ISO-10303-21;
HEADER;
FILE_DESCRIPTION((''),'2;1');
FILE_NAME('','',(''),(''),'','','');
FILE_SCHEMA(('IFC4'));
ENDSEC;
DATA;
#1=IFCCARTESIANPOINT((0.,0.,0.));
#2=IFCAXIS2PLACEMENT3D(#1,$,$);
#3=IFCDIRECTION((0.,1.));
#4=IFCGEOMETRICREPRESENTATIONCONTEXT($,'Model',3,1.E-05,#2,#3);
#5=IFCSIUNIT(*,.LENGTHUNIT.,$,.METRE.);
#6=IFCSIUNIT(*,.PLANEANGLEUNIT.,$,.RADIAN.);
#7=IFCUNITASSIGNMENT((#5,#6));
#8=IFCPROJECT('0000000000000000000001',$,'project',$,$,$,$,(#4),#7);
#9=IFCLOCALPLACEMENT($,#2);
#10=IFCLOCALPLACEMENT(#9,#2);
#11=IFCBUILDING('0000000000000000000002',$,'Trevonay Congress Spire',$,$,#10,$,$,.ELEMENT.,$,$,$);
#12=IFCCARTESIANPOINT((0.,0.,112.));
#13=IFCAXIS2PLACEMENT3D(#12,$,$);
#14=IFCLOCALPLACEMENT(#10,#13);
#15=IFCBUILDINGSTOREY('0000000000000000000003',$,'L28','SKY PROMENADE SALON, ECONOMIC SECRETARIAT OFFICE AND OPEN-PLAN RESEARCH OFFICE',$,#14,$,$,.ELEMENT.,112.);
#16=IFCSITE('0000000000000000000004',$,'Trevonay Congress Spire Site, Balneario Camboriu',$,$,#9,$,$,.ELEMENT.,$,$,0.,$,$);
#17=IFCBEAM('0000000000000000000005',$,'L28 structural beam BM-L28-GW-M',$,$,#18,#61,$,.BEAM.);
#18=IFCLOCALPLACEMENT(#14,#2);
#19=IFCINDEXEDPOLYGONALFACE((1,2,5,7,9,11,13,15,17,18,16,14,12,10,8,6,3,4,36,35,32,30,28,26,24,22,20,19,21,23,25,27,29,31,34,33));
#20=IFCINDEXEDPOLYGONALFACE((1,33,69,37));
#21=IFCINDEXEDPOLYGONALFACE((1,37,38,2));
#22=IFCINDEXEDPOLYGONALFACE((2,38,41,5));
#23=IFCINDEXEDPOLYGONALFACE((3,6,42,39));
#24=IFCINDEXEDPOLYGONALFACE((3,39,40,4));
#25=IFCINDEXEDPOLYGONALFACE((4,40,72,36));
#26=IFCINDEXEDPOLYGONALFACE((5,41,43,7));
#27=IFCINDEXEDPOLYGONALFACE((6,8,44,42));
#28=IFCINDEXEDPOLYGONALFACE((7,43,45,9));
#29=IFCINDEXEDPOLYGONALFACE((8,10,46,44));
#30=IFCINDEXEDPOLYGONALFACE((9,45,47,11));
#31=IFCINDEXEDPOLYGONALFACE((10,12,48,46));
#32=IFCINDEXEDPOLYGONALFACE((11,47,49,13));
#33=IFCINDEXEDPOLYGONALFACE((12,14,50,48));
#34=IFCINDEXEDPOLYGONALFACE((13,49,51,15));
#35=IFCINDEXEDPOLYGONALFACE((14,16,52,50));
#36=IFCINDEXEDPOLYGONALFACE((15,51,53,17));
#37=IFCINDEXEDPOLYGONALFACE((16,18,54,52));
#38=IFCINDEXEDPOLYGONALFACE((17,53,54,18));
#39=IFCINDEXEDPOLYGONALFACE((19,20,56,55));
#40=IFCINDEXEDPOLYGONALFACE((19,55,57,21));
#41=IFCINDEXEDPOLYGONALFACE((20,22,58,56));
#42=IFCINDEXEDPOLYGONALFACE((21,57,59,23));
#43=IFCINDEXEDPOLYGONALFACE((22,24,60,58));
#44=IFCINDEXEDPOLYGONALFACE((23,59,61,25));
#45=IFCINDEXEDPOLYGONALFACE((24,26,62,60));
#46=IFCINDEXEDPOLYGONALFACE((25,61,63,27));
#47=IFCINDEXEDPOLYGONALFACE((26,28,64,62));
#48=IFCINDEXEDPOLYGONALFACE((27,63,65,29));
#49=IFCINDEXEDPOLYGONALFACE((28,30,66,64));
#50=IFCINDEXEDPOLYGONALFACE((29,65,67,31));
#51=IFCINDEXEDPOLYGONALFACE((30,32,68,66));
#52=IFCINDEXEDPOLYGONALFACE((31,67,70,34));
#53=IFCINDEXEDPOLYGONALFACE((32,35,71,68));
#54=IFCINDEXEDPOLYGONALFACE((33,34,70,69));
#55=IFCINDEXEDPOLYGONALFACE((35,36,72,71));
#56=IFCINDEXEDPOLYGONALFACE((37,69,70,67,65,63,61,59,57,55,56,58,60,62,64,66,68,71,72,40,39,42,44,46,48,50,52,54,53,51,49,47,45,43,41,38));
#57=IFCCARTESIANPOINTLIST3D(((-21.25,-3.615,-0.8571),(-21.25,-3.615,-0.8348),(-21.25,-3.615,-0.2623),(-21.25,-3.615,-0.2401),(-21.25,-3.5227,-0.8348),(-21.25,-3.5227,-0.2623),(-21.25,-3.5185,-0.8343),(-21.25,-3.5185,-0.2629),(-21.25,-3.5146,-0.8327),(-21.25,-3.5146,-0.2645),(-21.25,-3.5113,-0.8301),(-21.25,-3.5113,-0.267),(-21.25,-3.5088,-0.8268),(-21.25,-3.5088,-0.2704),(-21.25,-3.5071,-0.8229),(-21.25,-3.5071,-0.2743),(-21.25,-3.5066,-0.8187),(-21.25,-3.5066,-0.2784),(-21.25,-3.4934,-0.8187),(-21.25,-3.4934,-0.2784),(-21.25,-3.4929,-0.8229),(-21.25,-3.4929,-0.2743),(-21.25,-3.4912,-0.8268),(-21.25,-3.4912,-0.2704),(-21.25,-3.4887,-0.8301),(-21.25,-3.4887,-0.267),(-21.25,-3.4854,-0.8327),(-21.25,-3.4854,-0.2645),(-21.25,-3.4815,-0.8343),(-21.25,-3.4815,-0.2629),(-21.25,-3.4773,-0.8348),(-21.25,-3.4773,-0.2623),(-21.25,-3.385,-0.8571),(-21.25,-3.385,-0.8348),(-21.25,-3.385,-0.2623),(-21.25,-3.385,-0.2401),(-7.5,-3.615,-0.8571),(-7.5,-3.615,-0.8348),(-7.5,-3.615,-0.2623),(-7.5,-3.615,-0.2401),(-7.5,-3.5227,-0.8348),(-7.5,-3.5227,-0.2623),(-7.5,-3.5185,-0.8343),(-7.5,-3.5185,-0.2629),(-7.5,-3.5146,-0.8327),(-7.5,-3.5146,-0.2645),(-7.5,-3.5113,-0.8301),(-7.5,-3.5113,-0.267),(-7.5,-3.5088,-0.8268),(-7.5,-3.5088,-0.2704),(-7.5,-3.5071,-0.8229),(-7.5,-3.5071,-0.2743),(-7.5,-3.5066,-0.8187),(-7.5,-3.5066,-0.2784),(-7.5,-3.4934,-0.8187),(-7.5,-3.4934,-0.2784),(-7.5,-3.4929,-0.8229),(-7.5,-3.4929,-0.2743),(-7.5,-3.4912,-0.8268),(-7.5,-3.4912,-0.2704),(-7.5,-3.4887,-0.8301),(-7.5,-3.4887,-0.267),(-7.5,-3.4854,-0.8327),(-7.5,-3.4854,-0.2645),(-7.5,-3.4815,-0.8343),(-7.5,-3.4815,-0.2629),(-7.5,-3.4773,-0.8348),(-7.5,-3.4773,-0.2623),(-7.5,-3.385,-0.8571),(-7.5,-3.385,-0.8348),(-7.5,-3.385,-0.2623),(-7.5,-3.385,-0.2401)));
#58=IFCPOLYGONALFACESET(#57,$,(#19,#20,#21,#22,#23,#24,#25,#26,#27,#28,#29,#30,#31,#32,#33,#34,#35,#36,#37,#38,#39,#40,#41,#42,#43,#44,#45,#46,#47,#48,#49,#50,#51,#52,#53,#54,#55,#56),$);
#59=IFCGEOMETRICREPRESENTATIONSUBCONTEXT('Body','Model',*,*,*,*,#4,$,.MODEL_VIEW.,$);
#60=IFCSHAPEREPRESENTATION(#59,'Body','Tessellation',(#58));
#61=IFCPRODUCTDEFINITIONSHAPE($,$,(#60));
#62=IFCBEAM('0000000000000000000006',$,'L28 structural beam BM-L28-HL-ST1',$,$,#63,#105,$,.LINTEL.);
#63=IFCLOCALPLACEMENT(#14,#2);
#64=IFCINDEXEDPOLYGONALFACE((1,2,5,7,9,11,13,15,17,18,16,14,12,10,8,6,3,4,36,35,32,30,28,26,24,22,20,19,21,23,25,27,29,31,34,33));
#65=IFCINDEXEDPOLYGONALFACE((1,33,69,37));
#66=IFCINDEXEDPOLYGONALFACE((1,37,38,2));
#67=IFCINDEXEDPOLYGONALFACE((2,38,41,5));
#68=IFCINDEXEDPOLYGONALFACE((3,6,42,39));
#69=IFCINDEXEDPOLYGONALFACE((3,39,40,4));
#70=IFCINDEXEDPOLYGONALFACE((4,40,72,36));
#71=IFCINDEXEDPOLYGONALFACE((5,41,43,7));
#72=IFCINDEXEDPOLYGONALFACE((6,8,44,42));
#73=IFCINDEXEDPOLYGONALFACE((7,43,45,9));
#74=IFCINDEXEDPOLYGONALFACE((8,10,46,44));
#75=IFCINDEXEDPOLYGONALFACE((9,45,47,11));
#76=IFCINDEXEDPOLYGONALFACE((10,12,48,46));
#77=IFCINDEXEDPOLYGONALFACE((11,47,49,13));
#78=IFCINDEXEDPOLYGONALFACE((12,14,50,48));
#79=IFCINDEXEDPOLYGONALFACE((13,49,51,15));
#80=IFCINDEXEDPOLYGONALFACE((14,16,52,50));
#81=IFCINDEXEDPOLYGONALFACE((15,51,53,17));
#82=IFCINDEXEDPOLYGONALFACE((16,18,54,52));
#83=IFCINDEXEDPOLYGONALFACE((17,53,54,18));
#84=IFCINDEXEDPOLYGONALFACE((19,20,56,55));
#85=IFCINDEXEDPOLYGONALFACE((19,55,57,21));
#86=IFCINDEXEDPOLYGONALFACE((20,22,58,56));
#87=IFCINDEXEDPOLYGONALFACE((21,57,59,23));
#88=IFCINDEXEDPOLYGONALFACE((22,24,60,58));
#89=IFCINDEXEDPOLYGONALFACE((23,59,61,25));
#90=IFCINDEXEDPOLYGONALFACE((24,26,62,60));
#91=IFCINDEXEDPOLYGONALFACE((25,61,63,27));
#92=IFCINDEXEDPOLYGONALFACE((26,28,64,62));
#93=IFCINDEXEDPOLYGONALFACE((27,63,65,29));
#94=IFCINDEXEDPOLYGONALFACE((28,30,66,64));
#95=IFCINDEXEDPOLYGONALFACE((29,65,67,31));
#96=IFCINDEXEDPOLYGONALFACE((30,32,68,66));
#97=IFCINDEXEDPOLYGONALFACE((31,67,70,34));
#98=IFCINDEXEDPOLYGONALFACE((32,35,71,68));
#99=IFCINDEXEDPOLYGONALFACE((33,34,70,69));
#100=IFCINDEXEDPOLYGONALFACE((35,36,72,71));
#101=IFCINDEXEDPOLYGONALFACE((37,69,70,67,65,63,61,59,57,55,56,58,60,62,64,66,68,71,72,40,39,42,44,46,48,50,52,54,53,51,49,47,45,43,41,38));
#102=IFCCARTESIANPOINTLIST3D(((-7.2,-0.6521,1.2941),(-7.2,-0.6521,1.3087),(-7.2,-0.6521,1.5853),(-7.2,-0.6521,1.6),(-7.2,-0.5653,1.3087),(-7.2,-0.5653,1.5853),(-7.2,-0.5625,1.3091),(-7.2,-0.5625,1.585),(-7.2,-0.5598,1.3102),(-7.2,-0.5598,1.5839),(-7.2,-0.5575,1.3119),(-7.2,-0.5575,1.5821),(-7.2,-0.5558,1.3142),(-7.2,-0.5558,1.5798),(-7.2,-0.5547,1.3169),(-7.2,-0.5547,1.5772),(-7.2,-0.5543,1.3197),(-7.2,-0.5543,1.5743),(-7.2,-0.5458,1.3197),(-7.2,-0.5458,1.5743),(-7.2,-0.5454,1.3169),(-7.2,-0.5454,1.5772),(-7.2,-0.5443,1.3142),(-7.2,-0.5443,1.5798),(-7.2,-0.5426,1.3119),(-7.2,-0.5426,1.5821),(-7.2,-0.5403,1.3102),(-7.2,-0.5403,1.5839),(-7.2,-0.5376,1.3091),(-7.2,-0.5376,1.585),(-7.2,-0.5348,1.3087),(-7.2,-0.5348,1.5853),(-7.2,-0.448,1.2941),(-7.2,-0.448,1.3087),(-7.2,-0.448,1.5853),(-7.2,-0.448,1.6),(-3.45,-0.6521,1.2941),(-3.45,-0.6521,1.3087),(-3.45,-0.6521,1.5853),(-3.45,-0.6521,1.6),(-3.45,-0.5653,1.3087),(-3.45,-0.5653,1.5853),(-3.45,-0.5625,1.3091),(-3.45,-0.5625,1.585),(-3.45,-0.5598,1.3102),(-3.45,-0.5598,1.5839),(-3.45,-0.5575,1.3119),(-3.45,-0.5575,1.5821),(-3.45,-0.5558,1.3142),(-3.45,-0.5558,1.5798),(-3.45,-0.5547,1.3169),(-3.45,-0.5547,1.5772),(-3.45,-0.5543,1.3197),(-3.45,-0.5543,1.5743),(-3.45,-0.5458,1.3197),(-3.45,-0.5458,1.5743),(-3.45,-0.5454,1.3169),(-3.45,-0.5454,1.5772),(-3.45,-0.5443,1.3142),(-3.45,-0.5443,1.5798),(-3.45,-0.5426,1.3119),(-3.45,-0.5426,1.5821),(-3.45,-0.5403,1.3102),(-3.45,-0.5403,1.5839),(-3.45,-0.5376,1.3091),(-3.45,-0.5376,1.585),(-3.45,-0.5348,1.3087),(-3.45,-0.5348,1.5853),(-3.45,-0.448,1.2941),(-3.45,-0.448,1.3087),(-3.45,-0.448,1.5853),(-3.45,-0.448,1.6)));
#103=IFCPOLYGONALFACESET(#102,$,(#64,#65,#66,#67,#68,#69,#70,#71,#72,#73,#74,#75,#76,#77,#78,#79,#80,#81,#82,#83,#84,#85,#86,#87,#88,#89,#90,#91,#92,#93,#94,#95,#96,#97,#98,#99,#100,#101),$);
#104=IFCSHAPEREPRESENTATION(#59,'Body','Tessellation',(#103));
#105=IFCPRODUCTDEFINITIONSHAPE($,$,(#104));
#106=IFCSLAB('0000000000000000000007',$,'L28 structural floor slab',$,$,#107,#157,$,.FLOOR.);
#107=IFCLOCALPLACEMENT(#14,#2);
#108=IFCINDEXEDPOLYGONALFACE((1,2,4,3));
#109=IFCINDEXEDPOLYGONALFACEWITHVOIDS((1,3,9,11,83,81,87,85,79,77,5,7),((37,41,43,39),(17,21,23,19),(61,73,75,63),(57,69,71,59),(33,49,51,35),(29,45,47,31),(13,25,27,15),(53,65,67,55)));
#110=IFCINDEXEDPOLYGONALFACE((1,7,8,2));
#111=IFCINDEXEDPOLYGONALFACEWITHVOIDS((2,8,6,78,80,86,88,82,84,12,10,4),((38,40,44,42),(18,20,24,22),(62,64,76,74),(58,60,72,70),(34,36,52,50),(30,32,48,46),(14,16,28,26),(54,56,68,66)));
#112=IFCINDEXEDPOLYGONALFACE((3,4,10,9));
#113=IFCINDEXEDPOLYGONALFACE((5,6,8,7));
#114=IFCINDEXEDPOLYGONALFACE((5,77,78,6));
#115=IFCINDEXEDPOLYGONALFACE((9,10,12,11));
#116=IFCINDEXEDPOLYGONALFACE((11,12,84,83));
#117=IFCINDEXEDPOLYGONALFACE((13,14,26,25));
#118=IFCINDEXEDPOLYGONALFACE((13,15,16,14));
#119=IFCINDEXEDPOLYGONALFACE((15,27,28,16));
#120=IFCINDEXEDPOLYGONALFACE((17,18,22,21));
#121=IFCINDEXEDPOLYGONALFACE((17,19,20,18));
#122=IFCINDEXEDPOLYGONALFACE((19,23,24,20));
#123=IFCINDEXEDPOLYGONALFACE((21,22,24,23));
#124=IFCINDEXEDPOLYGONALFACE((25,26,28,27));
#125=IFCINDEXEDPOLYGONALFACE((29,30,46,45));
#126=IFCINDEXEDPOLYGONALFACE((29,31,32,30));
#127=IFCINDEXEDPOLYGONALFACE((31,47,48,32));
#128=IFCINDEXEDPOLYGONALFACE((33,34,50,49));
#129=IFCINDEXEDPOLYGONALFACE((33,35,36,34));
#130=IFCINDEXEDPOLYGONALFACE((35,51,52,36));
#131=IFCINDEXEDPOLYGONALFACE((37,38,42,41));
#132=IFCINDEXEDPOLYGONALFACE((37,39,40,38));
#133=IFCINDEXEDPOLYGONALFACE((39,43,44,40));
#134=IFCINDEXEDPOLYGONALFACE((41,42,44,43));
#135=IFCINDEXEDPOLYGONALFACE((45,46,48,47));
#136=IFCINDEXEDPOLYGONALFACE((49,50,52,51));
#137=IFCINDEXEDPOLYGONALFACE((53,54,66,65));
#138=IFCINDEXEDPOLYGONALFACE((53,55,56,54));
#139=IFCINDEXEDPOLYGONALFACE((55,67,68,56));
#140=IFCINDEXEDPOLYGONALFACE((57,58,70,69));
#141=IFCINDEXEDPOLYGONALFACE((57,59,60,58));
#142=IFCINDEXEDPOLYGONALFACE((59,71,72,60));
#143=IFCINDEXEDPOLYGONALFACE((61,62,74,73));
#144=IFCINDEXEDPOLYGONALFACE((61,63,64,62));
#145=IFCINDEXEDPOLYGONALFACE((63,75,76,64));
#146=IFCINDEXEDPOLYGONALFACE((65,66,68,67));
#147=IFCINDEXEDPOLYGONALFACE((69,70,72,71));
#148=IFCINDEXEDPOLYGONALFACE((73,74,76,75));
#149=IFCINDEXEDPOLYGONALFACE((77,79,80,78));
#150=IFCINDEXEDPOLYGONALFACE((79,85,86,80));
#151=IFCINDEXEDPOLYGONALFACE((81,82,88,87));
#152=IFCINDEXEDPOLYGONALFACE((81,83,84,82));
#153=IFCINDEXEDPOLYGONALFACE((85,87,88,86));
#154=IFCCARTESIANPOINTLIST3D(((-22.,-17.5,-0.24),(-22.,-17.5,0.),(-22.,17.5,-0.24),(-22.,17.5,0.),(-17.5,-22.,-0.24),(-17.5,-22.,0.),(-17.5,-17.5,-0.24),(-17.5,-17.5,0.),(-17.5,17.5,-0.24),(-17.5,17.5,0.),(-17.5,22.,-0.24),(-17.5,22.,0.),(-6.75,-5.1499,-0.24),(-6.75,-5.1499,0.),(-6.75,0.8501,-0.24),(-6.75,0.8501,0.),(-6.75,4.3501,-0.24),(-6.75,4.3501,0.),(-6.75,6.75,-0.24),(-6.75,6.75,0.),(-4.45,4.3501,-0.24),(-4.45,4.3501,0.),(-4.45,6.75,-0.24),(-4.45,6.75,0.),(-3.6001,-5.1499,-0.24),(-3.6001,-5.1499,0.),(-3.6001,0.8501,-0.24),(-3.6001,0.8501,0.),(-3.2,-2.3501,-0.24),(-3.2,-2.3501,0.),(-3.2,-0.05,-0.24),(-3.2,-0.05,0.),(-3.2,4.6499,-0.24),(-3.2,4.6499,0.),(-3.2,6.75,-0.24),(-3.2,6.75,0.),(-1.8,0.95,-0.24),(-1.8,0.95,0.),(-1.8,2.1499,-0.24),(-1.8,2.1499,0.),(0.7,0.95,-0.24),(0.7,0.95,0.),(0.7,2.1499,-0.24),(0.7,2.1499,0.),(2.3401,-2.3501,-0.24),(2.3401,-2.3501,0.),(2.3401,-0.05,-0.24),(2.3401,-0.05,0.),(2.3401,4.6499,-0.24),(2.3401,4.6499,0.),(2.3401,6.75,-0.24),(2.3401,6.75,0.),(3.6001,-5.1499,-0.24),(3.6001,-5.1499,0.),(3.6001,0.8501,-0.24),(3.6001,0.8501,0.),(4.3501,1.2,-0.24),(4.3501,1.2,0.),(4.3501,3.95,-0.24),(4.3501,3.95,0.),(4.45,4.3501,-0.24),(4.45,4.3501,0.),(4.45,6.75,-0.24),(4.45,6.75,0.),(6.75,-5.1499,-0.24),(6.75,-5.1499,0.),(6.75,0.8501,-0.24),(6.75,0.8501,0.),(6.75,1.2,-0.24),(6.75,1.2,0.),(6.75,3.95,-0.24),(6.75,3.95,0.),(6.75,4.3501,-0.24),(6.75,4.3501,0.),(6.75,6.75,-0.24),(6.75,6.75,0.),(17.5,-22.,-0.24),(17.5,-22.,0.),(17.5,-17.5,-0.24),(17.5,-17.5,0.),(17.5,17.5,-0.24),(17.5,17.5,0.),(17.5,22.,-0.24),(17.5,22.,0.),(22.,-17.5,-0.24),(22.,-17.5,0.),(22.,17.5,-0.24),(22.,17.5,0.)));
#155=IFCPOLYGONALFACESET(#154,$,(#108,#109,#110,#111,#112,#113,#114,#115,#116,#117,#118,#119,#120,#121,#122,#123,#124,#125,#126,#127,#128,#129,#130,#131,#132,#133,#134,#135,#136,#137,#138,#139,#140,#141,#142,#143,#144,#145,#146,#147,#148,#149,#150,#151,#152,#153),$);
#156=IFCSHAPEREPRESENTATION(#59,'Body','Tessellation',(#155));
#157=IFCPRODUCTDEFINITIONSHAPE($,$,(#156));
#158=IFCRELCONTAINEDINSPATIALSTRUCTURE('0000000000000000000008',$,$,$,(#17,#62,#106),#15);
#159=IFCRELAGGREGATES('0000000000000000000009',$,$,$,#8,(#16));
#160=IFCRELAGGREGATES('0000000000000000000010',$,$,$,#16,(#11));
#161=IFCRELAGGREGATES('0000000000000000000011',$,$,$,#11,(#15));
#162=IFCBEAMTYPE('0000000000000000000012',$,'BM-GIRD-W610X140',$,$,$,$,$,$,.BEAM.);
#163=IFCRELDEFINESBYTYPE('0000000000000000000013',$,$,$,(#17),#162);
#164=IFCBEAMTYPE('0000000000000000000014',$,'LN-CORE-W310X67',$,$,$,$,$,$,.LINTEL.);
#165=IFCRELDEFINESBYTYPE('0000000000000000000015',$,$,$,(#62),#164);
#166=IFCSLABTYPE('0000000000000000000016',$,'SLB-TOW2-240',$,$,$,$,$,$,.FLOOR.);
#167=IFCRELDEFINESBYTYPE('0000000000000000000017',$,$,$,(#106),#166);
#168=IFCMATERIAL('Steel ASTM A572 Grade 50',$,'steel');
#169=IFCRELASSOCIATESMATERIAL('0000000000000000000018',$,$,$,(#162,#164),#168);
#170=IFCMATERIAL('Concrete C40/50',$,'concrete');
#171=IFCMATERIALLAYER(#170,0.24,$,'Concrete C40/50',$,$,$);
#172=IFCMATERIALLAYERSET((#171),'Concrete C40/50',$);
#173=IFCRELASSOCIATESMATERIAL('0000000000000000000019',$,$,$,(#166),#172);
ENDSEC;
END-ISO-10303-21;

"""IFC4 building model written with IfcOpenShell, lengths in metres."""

from ifc_helpers import new_model, si_unit, direction, frame, origin, origin_2d, place, context, subcontext, project, spatial, polyline, i_section, outline, extrude, material, layer, layer_set, material_profile, profile_set, type_object, element, save


model = new_model("IFC4")

# Units and contexts
model_context = context("Model", 3, precision=1e-05, world=origin(), true_north=direction((0.0, 1.0)))
body_context = subcontext(model_context, "Body", "Model", "MODEL_VIEW")
ifc_project = project(units=[si_unit("LENGTHUNIT", "METRE"), si_unit("PLANEANGLEUNIT", "RADIAN")], contexts=[model_context])

# Site, building, storey
site_placement = place(None, origin())
site = spatial("IfcSite", under=ifc_project, at=site_placement, Name="Trevonay Congress Spire Site, Balneario Camboriu", CompositionType="ELEMENT", RefElevation=0.0)
building_placement = place(site_placement, origin())
building = spatial("IfcBuilding", under=site, at=building_placement, Name="Trevonay Congress Spire", CompositionType="ELEMENT")
storey_placement = place(building_placement, frame((0.0, 0.0, 112.0)))
storey = spatial("IfcBuildingStorey", under=building, at=storey_placement, Name="L28", Description="SKY PROMENADE SALON, ECONOMIC SECRETARIAT OFFICE AND OPEN-PLAN RESEARCH OFFICE", CompositionType="ELEMENT", Elevation=112.0)

# Shared definitions
ifc_material_1 = material(Name="Steel ASTM A572 Grade 50", Category="steel")

# Beams
ifc_material_profile_1 = material_profile(ifc_material_1, i_section(OverallWidth=0.23, OverallDepth=0.6169, WebThickness=0.0132, FlangeThickness=0.0222, FilletRadius=0.0161, at=origin_2d()), Name="W610x140")
ifc_profile_set_1 = profile_set([ifc_material_profile_1], Name="Steel ASTM A572 Grade 50")
beam_type_1 = type_object("IfcBeamType", Name="BM-GIRD-W610X140", PredefinedType="BEAM", material=ifc_profile_set_1)
for number, where, z_axis, x_axis, name in (
    (1, (-7.5, -3.5, -0.5486), (-1.0, 0.0, 0.0), (0.0, -1.0, 0.0), "L28 structural beam BM-L28-GW-M"),
):
    element("IfcBeam", number, at=place(storey_placement, frame(where, z_axis=z_axis, x_axis=x_axis)), inside=storey, type_object=beam_type_1, Name=name, PredefinedType="BEAM", context=body_context, shape_type="SweptSolid", body=[
        extrude(i_section(OverallWidth=0.23, OverallDepth=0.6169, WebThickness=0.0132, FlangeThickness=0.0222, FilletRadius=0.0161, at=origin_2d()), origin(), (0.0, 0.0, 1.0), 13.75),
    ])
ifc_material_profile_2 = material_profile(ifc_material_1, i_section(OverallWidth=0.2041, OverallDepth=0.3059, WebThickness=0.0085, FlangeThickness=0.0146, FilletRadius=0.011, at=origin_2d()), Name="W310x67")
ifc_profile_set_2 = profile_set([ifc_material_profile_2], Name="Steel ASTM A572 Grade 50")
beam_type_2 = type_object("IfcBeamType", Name="LN-CORE-W310X67", PredefinedType="LINTEL", material=ifc_profile_set_2)
beam_1_placement = place(storey_placement, frame((-7.2, -0.55, 1.447), z_axis=(1.0, 0.0, 0.0), x_axis=(0.0, 1.0, 0.0)))
element("IfcBeam", 2, at=beam_1_placement, inside=storey, type_object=beam_type_2, Name="L28 structural beam BM-L28-HL-ST1", PredefinedType="LINTEL", context=body_context, shape_type="SweptSolid", body=[
    extrude(i_section(OverallWidth=0.2041, OverallDepth=0.3059, WebThickness=0.0085, FlangeThickness=0.0146, FilletRadius=0.011, at=origin_2d()), origin(), (0.0, 0.0, 1.0), 3.75),
])

# Slab
ifc_material_2 = material(Name="Concrete C40/50", Category="concrete")
ifc_layer_1 = layer(ifc_material_2, 0.24, Name="Concrete C40/50")
ifc_layer_set_1 = layer_set([ifc_layer_1], Name="Concrete C40/50")
slab_type = type_object("IfcSlabType", Name="SLB-TOW2-240", PredefinedType="FLOOR", material=ifc_layer_set_1)
slab_placement = place(storey_placement, frame((0.0, 0.0, -0.24)))
element("IfcSlab", 3, at=slab_placement, inside=storey, type_object=slab_type, Name="L28 structural floor slab", PredefinedType="FLOOR", context=body_context, shape_type="SweptSolid", body=[
    extrude(outline(polyline([(-17.5, -22.0), (17.5, -22.0), (17.5, -17.5), (22.0, -17.5), (22.0, 17.5), (17.5, 17.5), (17.5, 22.0), (-17.5, 22.0), (-17.5, 17.5), (-22.0, 17.5), (-22.0, -17.5), (-17.5, -17.5), (-17.5, -22.0)]), holes=[polyline([(-3.6001, -5.1499), (-3.6001, 0.8501), (-6.75, 0.8501), (-6.75, -5.1499), (-3.6001, -5.1499)]), polyline([(6.75, -5.1499), (6.75, 0.8501), (3.6001, 0.8501), (3.6001, -5.1499), (6.75, -5.1499)]), polyline([(-3.2, -2.3501), (2.3401, -2.3501), (2.3401, -0.05), (-3.2, -0.05), (-3.2, -2.3501)]), polyline([(-3.2, 4.6499), (2.3401, 4.6499), (2.3401, 6.75), (-3.2, 6.75), (-3.2, 4.6499)]), polyline([(-6.75, 4.3501), (-4.45, 4.3501), (-4.45, 6.75), (-6.75, 6.75), (-6.75, 4.3501)]), polyline([(4.45, 4.3501), (6.75, 4.3501), (6.75, 6.75), (4.45, 6.75), (4.45, 4.3501)]), polyline([(4.3501, 1.2), (6.75, 1.2), (6.75, 3.95), (4.3501, 3.95), (4.3501, 1.2)]), polyline([(-1.8, 0.95), (0.7, 0.95), (0.7, 2.1499), (-1.8, 2.1499), (-1.8, 0.95)])]), origin(), (0.0, 0.0, 1.0), 0.24),
])

save(model, "model.ifc")
